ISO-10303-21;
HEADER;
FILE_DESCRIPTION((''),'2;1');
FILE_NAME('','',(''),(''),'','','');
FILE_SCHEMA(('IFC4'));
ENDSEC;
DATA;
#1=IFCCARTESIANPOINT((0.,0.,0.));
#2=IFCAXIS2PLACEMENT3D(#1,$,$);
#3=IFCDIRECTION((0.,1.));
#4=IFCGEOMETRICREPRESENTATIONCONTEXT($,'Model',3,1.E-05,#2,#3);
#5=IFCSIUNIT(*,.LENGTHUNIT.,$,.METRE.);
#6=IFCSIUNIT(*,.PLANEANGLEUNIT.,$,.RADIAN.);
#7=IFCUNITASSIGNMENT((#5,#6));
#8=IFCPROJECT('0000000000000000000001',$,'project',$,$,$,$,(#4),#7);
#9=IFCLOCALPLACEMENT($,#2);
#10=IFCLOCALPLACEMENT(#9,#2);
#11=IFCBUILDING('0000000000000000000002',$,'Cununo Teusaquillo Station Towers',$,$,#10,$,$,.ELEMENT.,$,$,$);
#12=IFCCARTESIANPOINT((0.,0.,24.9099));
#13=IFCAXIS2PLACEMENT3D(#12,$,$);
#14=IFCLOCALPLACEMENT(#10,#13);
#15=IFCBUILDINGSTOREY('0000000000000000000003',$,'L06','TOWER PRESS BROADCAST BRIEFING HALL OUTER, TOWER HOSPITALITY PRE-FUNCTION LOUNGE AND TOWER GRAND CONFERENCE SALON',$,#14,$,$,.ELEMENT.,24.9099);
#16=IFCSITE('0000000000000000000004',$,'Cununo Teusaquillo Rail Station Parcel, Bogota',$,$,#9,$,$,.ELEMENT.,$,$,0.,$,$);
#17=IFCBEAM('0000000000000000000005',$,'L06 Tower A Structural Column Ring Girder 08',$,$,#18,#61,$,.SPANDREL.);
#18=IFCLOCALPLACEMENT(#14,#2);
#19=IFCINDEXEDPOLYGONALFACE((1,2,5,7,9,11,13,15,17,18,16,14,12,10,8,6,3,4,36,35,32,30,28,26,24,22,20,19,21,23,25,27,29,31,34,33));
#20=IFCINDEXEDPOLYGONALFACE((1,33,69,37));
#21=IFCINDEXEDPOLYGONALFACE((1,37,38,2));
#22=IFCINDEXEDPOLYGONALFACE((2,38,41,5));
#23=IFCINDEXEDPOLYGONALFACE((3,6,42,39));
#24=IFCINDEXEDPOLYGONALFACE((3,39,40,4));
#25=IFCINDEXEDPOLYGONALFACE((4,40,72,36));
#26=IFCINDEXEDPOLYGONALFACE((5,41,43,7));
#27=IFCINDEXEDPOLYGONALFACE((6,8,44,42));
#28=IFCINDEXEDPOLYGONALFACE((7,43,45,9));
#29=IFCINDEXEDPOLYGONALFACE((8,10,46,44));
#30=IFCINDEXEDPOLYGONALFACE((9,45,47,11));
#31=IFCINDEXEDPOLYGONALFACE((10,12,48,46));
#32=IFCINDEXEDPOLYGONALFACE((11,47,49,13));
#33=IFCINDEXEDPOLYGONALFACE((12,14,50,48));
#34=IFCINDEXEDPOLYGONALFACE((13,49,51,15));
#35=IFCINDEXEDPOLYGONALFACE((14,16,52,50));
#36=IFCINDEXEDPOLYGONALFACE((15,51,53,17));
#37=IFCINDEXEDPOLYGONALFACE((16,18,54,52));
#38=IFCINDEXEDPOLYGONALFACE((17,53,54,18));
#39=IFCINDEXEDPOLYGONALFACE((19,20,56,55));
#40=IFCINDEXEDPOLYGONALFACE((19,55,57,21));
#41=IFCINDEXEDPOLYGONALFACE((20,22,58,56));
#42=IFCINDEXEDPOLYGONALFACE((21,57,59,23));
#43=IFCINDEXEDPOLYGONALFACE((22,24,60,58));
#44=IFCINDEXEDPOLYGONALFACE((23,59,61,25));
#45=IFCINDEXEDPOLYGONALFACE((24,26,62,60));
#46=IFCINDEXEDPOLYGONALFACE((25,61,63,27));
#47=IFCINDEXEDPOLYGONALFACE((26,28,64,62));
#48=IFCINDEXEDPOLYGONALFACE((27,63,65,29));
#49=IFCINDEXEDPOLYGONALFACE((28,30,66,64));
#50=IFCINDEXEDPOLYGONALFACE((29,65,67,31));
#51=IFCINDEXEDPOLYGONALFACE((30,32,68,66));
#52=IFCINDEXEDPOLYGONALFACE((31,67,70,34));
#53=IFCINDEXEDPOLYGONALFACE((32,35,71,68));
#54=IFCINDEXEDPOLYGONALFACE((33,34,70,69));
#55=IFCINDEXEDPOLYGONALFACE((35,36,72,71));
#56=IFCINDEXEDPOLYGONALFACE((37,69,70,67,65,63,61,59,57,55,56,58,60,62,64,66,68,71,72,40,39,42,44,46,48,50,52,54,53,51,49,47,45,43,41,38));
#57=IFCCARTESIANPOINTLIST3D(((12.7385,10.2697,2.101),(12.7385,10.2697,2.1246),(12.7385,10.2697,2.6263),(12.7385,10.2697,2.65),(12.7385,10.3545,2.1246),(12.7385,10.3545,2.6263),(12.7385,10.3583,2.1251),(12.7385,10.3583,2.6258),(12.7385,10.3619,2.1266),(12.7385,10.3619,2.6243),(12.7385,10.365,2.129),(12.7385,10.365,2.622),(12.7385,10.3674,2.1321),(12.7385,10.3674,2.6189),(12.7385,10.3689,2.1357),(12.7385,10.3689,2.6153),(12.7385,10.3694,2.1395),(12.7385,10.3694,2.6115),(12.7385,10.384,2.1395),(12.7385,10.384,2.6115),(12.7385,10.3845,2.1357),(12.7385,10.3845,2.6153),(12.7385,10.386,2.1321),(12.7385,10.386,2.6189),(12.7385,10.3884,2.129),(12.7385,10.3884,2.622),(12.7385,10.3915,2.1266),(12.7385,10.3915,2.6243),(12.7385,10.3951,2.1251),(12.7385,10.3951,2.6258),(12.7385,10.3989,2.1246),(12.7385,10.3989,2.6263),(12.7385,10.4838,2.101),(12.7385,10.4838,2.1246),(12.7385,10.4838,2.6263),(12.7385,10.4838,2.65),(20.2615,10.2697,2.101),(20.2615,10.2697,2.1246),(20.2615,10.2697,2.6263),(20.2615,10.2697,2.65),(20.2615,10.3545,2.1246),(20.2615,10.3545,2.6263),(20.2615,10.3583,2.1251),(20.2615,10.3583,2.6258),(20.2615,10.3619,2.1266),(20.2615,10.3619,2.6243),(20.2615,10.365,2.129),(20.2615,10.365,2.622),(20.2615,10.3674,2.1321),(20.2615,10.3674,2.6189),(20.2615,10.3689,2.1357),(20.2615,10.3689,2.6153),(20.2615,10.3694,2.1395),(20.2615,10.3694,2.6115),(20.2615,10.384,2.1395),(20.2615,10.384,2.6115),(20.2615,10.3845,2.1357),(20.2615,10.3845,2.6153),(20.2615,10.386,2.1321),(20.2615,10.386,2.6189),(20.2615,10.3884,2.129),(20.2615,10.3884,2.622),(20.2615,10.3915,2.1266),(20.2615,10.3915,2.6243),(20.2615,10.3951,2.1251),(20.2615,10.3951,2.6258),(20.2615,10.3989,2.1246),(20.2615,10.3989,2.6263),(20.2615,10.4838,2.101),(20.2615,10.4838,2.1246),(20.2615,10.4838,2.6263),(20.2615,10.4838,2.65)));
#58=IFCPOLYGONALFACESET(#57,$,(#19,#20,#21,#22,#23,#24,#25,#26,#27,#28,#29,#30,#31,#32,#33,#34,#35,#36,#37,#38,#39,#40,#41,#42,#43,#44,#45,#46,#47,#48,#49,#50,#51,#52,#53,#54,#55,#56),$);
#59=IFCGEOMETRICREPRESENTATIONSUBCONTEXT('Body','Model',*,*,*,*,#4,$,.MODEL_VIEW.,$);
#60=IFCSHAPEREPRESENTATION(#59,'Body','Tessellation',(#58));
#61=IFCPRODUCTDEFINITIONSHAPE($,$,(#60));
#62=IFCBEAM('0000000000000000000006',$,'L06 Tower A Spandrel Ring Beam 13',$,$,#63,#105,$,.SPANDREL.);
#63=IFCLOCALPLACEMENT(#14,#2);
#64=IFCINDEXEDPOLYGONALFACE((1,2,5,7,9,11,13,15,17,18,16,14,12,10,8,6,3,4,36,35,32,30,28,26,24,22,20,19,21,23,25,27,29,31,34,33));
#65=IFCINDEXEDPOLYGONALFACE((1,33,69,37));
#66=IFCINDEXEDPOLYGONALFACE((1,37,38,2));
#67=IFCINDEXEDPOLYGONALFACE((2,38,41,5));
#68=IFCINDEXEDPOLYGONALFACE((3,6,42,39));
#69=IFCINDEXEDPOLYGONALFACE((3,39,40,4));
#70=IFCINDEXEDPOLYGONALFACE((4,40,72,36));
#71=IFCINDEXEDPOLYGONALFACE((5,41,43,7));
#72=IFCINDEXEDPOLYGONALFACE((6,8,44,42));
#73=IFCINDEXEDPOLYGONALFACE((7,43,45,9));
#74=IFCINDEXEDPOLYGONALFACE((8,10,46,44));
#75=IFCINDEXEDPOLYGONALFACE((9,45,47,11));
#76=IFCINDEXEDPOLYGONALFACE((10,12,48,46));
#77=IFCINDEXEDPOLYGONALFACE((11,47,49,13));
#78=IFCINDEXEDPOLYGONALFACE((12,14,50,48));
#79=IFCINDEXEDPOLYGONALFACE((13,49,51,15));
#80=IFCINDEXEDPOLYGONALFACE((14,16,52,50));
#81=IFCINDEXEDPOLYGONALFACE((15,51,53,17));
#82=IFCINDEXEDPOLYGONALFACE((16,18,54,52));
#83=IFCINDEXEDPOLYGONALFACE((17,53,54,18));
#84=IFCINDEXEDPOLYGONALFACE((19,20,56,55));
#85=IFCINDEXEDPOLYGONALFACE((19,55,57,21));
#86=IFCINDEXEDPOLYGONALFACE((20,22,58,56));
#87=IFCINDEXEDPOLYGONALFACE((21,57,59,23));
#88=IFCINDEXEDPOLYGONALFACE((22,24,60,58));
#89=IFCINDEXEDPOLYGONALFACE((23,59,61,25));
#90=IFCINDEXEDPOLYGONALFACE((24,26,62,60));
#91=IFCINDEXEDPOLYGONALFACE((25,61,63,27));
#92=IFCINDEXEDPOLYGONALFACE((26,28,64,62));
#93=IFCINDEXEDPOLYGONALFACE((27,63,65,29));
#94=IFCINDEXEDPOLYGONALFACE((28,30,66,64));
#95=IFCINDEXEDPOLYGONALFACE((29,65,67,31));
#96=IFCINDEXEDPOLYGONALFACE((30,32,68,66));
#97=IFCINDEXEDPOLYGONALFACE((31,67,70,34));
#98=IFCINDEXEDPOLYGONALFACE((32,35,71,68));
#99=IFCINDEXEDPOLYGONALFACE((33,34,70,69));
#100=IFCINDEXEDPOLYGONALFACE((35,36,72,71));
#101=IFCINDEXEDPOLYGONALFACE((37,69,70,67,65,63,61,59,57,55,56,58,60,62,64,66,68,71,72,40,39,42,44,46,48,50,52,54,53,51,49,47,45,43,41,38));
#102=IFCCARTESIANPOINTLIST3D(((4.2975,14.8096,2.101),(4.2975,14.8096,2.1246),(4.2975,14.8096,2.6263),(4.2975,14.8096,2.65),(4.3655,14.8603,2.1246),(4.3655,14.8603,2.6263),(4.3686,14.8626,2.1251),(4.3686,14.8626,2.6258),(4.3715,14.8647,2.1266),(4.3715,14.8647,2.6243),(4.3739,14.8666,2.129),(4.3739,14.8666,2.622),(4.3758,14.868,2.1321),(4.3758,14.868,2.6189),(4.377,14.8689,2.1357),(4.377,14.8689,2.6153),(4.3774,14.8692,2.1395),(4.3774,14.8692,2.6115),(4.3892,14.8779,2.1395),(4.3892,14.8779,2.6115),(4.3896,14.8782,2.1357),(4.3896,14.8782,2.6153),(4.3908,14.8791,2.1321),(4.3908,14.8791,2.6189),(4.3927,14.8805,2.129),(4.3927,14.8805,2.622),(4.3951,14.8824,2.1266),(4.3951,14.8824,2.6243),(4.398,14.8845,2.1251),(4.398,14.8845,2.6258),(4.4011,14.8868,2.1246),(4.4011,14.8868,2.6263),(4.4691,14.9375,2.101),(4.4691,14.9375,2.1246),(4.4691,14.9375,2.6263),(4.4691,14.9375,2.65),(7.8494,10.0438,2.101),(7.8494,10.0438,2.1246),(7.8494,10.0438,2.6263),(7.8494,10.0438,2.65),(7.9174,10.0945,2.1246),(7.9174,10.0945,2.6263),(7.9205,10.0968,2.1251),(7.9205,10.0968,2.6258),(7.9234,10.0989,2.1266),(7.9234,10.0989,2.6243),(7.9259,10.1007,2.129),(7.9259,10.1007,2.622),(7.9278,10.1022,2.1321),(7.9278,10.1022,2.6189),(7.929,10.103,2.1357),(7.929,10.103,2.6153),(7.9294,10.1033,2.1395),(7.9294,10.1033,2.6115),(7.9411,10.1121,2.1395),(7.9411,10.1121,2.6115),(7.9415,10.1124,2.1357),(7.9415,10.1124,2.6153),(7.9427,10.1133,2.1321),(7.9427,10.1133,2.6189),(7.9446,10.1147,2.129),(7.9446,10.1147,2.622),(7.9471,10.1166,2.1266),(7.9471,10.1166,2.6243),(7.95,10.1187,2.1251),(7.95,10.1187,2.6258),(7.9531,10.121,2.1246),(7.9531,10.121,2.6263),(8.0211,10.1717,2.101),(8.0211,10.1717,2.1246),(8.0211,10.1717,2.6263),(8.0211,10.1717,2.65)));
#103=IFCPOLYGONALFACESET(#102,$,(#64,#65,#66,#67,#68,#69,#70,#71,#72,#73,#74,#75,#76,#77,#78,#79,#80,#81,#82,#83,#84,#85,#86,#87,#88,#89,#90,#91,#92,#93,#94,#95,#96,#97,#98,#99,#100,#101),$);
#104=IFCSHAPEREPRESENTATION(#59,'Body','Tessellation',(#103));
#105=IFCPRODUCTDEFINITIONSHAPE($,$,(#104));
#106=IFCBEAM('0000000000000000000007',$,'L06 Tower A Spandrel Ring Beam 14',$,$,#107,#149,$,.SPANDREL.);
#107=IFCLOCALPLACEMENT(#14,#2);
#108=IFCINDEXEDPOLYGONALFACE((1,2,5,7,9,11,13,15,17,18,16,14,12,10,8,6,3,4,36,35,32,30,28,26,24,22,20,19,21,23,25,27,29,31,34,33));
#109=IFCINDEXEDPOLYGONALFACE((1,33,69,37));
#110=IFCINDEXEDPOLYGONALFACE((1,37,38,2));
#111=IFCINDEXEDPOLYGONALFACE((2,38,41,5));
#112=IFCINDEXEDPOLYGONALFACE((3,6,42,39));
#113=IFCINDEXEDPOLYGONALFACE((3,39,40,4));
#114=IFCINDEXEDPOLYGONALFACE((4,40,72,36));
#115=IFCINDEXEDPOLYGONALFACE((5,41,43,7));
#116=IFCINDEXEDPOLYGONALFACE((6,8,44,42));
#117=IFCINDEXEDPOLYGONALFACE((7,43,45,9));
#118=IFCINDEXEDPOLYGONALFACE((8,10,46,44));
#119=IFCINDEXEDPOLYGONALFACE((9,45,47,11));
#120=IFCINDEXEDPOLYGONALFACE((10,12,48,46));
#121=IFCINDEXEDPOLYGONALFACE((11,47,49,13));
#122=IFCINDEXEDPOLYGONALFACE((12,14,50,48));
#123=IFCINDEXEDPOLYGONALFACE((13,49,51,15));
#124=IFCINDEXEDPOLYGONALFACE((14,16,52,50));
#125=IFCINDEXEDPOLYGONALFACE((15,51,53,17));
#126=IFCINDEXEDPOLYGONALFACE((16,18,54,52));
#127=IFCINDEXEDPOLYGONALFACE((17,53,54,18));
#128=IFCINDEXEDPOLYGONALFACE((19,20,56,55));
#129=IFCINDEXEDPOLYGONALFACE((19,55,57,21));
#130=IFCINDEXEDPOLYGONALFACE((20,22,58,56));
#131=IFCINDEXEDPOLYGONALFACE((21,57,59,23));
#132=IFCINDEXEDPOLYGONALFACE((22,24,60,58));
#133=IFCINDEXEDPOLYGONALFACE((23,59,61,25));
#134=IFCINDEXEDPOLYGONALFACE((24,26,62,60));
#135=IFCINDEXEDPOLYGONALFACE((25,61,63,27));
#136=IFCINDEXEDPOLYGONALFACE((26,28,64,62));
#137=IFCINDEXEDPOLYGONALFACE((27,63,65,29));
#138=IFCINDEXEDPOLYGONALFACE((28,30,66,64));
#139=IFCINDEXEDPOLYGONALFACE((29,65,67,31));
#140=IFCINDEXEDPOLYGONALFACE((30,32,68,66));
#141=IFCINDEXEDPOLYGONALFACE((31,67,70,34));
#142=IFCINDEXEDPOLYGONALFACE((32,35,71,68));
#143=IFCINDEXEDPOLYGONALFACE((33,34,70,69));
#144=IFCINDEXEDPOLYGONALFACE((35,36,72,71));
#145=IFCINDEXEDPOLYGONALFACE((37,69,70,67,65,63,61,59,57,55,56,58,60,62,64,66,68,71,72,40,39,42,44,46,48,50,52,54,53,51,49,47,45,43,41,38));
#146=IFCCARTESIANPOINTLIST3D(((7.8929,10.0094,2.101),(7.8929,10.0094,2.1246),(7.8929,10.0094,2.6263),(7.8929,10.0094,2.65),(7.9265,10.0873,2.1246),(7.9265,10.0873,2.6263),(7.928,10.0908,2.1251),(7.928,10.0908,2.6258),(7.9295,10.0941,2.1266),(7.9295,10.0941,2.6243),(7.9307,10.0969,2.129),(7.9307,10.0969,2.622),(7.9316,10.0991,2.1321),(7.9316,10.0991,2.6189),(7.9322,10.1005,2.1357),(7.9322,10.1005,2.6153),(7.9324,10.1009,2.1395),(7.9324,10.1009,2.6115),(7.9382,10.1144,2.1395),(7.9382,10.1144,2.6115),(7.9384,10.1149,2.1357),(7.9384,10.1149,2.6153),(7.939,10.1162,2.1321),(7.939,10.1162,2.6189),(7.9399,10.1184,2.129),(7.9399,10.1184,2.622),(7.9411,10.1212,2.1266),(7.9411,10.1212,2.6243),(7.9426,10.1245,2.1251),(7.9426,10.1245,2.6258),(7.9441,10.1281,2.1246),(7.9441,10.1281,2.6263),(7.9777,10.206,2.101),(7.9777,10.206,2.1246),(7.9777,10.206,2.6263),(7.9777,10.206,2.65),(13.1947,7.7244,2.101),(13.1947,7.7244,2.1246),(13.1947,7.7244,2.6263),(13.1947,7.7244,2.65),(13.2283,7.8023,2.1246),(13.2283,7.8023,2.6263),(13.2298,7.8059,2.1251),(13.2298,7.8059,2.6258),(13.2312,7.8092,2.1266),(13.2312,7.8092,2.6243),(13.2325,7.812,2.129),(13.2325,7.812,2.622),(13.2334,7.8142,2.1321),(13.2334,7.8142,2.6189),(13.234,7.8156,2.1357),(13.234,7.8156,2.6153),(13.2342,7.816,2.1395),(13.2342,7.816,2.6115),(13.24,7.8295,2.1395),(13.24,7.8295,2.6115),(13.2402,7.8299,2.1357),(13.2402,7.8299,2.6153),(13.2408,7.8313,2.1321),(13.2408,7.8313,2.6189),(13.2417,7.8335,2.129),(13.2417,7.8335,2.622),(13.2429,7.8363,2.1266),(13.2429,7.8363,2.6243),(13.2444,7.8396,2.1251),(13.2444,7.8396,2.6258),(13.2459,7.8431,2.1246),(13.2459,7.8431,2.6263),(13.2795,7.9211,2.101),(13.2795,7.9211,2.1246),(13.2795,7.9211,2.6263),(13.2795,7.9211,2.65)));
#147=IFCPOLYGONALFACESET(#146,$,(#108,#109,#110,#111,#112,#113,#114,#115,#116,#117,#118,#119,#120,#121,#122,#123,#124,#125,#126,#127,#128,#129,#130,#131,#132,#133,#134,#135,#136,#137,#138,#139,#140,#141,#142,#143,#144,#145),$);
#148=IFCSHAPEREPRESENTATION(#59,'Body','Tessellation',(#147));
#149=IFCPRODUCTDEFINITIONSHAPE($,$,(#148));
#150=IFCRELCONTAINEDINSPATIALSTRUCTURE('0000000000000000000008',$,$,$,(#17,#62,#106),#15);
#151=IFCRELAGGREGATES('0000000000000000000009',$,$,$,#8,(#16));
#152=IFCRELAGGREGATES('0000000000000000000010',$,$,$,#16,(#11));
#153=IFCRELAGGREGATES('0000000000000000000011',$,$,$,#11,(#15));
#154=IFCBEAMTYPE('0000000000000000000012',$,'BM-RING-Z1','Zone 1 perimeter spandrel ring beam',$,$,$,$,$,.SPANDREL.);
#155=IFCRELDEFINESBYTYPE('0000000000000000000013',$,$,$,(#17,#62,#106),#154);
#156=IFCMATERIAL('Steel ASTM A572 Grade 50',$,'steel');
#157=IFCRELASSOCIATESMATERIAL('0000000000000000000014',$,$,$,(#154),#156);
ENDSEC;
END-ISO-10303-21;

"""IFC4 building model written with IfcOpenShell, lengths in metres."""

from ifc_helpers import new_model, si_unit, direction, frame, origin, origin_2d, place, context, subcontext, project, spatial, i_section, extrude, material, material_profile, profile_set, type_object, element, save


model = new_model("IFC4")

# Units and contexts
model_context = context("Model", 3, precision=1e-05, world=origin(), true_north=direction((0.0, 1.0)))
body_context = subcontext(model_context, "Body", "Model", "MODEL_VIEW")
ifc_project = project(units=[si_unit("LENGTHUNIT", "METRE"), si_unit("PLANEANGLEUNIT", "RADIAN")], contexts=[model_context])

# Site, building, storey
site_placement = place(None, origin())
site = spatial("IfcSite", under=ifc_project, at=site_placement, Name="Cununo Teusaquillo Rail Station Parcel, Bogota", CompositionType="ELEMENT", RefElevation=0.0)
building_placement = place(site_placement, origin())
building = spatial("IfcBuilding", under=site, at=building_placement, Name="Cununo Teusaquillo Station Towers", CompositionType="ELEMENT")
storey_placement = place(building_placement, frame((0.0, 0.0, 24.9099)))
storey = spatial("IfcBuildingStorey", under=building, at=storey_placement, Name="L06", Description="TOWER PRESS BROADCAST BRIEFING HALL OUTER, TOWER HOSPITALITY PRE-FUNCTION LOUNGE AND TOWER GRAND CONFERENCE SALON", CompositionType="ELEMENT", Elevation=24.9099)

# Beams
ifc_material_1 = material(Name="Steel ASTM A572 Grade 50", Category="steel")
ifc_material_profile_1 = material_profile(ifc_material_1, i_section(OverallWidth=0.2141, OverallDepth=0.5491, WebThickness=0.0146, FlangeThickness=0.0237, FilletRadius=0.0149, at=origin_2d()), Name="W21X93")
ifc_profile_set_1 = profile_set([ifc_material_profile_1], Name="Steel ASTM A572 Grade 50")
beam_type = type_object("IfcBeamType", Name="BM-RING-Z1", Description="Zone 1 perimeter spandrel ring beam", PredefinedType="SPANDREL", material=ifc_profile_set_1)
beam_1_placement = place(storey_placement, frame((12.7385, 10.3767, 2.3755), z_axis=(1.0, 0.0, 0.0), x_axis=(0.0, 1.0, 0.0)))
element("IfcBeam", 1, at=beam_1_placement, inside=storey, type_object=beam_type, Name="L06 Tower A Structural Column Ring Girder 08", PredefinedType="SPANDREL", context=body_context, shape_type="SweptSolid", body=[
    extrude(i_section(OverallWidth=0.2141, OverallDepth=0.5491, WebThickness=0.0146, FlangeThickness=0.0237, FilletRadius=0.0149, at=origin_2d()), origin(), (0.0, 0.0, 1.0), 7.5229),
])
beam_2_placement = place(storey_placement, frame((4.3833, 14.8735, 2.3755), z_axis=(0.597585, -0.801805, 0.0), x_axis=(0.801805, 0.597585, 0.0)))
element("IfcBeam", 2, at=beam_2_placement, inside=storey, type_object=beam_type, Name="L06 Tower A Spandrel Ring Beam 13", PredefinedType="SPANDREL", context=body_context, shape_type="SweptSolid", body=[
    extrude(i_section(OverallWidth=0.2141, OverallDepth=0.5491, WebThickness=0.0146, FlangeThickness=0.0237, FilletRadius=0.0149, at=origin_2d()), origin(), (0.0, 0.0, 1.0), 5.9438),
])
beam_3_placement = place(storey_placement, frame((7.9353, 10.1077, 2.3755), z_axis=(0.918345, -0.395781, 0.0), x_axis=(0.395781, 0.918345, 0.0)))
element("IfcBeam", 3, at=beam_3_placement, inside=storey, type_object=beam_type, Name="L06 Tower A Spandrel Ring Beam 14", PredefinedType="SPANDREL", context=body_context, shape_type="SweptSolid", body=[
    extrude(i_section(OverallWidth=0.2141, OverallDepth=0.5491, WebThickness=0.0146, FlangeThickness=0.0237, FilletRadius=0.0149, at=origin_2d()), origin(), (0.0, 0.0, 1.0), 5.7732),
])

save(model, "model.ifc")
